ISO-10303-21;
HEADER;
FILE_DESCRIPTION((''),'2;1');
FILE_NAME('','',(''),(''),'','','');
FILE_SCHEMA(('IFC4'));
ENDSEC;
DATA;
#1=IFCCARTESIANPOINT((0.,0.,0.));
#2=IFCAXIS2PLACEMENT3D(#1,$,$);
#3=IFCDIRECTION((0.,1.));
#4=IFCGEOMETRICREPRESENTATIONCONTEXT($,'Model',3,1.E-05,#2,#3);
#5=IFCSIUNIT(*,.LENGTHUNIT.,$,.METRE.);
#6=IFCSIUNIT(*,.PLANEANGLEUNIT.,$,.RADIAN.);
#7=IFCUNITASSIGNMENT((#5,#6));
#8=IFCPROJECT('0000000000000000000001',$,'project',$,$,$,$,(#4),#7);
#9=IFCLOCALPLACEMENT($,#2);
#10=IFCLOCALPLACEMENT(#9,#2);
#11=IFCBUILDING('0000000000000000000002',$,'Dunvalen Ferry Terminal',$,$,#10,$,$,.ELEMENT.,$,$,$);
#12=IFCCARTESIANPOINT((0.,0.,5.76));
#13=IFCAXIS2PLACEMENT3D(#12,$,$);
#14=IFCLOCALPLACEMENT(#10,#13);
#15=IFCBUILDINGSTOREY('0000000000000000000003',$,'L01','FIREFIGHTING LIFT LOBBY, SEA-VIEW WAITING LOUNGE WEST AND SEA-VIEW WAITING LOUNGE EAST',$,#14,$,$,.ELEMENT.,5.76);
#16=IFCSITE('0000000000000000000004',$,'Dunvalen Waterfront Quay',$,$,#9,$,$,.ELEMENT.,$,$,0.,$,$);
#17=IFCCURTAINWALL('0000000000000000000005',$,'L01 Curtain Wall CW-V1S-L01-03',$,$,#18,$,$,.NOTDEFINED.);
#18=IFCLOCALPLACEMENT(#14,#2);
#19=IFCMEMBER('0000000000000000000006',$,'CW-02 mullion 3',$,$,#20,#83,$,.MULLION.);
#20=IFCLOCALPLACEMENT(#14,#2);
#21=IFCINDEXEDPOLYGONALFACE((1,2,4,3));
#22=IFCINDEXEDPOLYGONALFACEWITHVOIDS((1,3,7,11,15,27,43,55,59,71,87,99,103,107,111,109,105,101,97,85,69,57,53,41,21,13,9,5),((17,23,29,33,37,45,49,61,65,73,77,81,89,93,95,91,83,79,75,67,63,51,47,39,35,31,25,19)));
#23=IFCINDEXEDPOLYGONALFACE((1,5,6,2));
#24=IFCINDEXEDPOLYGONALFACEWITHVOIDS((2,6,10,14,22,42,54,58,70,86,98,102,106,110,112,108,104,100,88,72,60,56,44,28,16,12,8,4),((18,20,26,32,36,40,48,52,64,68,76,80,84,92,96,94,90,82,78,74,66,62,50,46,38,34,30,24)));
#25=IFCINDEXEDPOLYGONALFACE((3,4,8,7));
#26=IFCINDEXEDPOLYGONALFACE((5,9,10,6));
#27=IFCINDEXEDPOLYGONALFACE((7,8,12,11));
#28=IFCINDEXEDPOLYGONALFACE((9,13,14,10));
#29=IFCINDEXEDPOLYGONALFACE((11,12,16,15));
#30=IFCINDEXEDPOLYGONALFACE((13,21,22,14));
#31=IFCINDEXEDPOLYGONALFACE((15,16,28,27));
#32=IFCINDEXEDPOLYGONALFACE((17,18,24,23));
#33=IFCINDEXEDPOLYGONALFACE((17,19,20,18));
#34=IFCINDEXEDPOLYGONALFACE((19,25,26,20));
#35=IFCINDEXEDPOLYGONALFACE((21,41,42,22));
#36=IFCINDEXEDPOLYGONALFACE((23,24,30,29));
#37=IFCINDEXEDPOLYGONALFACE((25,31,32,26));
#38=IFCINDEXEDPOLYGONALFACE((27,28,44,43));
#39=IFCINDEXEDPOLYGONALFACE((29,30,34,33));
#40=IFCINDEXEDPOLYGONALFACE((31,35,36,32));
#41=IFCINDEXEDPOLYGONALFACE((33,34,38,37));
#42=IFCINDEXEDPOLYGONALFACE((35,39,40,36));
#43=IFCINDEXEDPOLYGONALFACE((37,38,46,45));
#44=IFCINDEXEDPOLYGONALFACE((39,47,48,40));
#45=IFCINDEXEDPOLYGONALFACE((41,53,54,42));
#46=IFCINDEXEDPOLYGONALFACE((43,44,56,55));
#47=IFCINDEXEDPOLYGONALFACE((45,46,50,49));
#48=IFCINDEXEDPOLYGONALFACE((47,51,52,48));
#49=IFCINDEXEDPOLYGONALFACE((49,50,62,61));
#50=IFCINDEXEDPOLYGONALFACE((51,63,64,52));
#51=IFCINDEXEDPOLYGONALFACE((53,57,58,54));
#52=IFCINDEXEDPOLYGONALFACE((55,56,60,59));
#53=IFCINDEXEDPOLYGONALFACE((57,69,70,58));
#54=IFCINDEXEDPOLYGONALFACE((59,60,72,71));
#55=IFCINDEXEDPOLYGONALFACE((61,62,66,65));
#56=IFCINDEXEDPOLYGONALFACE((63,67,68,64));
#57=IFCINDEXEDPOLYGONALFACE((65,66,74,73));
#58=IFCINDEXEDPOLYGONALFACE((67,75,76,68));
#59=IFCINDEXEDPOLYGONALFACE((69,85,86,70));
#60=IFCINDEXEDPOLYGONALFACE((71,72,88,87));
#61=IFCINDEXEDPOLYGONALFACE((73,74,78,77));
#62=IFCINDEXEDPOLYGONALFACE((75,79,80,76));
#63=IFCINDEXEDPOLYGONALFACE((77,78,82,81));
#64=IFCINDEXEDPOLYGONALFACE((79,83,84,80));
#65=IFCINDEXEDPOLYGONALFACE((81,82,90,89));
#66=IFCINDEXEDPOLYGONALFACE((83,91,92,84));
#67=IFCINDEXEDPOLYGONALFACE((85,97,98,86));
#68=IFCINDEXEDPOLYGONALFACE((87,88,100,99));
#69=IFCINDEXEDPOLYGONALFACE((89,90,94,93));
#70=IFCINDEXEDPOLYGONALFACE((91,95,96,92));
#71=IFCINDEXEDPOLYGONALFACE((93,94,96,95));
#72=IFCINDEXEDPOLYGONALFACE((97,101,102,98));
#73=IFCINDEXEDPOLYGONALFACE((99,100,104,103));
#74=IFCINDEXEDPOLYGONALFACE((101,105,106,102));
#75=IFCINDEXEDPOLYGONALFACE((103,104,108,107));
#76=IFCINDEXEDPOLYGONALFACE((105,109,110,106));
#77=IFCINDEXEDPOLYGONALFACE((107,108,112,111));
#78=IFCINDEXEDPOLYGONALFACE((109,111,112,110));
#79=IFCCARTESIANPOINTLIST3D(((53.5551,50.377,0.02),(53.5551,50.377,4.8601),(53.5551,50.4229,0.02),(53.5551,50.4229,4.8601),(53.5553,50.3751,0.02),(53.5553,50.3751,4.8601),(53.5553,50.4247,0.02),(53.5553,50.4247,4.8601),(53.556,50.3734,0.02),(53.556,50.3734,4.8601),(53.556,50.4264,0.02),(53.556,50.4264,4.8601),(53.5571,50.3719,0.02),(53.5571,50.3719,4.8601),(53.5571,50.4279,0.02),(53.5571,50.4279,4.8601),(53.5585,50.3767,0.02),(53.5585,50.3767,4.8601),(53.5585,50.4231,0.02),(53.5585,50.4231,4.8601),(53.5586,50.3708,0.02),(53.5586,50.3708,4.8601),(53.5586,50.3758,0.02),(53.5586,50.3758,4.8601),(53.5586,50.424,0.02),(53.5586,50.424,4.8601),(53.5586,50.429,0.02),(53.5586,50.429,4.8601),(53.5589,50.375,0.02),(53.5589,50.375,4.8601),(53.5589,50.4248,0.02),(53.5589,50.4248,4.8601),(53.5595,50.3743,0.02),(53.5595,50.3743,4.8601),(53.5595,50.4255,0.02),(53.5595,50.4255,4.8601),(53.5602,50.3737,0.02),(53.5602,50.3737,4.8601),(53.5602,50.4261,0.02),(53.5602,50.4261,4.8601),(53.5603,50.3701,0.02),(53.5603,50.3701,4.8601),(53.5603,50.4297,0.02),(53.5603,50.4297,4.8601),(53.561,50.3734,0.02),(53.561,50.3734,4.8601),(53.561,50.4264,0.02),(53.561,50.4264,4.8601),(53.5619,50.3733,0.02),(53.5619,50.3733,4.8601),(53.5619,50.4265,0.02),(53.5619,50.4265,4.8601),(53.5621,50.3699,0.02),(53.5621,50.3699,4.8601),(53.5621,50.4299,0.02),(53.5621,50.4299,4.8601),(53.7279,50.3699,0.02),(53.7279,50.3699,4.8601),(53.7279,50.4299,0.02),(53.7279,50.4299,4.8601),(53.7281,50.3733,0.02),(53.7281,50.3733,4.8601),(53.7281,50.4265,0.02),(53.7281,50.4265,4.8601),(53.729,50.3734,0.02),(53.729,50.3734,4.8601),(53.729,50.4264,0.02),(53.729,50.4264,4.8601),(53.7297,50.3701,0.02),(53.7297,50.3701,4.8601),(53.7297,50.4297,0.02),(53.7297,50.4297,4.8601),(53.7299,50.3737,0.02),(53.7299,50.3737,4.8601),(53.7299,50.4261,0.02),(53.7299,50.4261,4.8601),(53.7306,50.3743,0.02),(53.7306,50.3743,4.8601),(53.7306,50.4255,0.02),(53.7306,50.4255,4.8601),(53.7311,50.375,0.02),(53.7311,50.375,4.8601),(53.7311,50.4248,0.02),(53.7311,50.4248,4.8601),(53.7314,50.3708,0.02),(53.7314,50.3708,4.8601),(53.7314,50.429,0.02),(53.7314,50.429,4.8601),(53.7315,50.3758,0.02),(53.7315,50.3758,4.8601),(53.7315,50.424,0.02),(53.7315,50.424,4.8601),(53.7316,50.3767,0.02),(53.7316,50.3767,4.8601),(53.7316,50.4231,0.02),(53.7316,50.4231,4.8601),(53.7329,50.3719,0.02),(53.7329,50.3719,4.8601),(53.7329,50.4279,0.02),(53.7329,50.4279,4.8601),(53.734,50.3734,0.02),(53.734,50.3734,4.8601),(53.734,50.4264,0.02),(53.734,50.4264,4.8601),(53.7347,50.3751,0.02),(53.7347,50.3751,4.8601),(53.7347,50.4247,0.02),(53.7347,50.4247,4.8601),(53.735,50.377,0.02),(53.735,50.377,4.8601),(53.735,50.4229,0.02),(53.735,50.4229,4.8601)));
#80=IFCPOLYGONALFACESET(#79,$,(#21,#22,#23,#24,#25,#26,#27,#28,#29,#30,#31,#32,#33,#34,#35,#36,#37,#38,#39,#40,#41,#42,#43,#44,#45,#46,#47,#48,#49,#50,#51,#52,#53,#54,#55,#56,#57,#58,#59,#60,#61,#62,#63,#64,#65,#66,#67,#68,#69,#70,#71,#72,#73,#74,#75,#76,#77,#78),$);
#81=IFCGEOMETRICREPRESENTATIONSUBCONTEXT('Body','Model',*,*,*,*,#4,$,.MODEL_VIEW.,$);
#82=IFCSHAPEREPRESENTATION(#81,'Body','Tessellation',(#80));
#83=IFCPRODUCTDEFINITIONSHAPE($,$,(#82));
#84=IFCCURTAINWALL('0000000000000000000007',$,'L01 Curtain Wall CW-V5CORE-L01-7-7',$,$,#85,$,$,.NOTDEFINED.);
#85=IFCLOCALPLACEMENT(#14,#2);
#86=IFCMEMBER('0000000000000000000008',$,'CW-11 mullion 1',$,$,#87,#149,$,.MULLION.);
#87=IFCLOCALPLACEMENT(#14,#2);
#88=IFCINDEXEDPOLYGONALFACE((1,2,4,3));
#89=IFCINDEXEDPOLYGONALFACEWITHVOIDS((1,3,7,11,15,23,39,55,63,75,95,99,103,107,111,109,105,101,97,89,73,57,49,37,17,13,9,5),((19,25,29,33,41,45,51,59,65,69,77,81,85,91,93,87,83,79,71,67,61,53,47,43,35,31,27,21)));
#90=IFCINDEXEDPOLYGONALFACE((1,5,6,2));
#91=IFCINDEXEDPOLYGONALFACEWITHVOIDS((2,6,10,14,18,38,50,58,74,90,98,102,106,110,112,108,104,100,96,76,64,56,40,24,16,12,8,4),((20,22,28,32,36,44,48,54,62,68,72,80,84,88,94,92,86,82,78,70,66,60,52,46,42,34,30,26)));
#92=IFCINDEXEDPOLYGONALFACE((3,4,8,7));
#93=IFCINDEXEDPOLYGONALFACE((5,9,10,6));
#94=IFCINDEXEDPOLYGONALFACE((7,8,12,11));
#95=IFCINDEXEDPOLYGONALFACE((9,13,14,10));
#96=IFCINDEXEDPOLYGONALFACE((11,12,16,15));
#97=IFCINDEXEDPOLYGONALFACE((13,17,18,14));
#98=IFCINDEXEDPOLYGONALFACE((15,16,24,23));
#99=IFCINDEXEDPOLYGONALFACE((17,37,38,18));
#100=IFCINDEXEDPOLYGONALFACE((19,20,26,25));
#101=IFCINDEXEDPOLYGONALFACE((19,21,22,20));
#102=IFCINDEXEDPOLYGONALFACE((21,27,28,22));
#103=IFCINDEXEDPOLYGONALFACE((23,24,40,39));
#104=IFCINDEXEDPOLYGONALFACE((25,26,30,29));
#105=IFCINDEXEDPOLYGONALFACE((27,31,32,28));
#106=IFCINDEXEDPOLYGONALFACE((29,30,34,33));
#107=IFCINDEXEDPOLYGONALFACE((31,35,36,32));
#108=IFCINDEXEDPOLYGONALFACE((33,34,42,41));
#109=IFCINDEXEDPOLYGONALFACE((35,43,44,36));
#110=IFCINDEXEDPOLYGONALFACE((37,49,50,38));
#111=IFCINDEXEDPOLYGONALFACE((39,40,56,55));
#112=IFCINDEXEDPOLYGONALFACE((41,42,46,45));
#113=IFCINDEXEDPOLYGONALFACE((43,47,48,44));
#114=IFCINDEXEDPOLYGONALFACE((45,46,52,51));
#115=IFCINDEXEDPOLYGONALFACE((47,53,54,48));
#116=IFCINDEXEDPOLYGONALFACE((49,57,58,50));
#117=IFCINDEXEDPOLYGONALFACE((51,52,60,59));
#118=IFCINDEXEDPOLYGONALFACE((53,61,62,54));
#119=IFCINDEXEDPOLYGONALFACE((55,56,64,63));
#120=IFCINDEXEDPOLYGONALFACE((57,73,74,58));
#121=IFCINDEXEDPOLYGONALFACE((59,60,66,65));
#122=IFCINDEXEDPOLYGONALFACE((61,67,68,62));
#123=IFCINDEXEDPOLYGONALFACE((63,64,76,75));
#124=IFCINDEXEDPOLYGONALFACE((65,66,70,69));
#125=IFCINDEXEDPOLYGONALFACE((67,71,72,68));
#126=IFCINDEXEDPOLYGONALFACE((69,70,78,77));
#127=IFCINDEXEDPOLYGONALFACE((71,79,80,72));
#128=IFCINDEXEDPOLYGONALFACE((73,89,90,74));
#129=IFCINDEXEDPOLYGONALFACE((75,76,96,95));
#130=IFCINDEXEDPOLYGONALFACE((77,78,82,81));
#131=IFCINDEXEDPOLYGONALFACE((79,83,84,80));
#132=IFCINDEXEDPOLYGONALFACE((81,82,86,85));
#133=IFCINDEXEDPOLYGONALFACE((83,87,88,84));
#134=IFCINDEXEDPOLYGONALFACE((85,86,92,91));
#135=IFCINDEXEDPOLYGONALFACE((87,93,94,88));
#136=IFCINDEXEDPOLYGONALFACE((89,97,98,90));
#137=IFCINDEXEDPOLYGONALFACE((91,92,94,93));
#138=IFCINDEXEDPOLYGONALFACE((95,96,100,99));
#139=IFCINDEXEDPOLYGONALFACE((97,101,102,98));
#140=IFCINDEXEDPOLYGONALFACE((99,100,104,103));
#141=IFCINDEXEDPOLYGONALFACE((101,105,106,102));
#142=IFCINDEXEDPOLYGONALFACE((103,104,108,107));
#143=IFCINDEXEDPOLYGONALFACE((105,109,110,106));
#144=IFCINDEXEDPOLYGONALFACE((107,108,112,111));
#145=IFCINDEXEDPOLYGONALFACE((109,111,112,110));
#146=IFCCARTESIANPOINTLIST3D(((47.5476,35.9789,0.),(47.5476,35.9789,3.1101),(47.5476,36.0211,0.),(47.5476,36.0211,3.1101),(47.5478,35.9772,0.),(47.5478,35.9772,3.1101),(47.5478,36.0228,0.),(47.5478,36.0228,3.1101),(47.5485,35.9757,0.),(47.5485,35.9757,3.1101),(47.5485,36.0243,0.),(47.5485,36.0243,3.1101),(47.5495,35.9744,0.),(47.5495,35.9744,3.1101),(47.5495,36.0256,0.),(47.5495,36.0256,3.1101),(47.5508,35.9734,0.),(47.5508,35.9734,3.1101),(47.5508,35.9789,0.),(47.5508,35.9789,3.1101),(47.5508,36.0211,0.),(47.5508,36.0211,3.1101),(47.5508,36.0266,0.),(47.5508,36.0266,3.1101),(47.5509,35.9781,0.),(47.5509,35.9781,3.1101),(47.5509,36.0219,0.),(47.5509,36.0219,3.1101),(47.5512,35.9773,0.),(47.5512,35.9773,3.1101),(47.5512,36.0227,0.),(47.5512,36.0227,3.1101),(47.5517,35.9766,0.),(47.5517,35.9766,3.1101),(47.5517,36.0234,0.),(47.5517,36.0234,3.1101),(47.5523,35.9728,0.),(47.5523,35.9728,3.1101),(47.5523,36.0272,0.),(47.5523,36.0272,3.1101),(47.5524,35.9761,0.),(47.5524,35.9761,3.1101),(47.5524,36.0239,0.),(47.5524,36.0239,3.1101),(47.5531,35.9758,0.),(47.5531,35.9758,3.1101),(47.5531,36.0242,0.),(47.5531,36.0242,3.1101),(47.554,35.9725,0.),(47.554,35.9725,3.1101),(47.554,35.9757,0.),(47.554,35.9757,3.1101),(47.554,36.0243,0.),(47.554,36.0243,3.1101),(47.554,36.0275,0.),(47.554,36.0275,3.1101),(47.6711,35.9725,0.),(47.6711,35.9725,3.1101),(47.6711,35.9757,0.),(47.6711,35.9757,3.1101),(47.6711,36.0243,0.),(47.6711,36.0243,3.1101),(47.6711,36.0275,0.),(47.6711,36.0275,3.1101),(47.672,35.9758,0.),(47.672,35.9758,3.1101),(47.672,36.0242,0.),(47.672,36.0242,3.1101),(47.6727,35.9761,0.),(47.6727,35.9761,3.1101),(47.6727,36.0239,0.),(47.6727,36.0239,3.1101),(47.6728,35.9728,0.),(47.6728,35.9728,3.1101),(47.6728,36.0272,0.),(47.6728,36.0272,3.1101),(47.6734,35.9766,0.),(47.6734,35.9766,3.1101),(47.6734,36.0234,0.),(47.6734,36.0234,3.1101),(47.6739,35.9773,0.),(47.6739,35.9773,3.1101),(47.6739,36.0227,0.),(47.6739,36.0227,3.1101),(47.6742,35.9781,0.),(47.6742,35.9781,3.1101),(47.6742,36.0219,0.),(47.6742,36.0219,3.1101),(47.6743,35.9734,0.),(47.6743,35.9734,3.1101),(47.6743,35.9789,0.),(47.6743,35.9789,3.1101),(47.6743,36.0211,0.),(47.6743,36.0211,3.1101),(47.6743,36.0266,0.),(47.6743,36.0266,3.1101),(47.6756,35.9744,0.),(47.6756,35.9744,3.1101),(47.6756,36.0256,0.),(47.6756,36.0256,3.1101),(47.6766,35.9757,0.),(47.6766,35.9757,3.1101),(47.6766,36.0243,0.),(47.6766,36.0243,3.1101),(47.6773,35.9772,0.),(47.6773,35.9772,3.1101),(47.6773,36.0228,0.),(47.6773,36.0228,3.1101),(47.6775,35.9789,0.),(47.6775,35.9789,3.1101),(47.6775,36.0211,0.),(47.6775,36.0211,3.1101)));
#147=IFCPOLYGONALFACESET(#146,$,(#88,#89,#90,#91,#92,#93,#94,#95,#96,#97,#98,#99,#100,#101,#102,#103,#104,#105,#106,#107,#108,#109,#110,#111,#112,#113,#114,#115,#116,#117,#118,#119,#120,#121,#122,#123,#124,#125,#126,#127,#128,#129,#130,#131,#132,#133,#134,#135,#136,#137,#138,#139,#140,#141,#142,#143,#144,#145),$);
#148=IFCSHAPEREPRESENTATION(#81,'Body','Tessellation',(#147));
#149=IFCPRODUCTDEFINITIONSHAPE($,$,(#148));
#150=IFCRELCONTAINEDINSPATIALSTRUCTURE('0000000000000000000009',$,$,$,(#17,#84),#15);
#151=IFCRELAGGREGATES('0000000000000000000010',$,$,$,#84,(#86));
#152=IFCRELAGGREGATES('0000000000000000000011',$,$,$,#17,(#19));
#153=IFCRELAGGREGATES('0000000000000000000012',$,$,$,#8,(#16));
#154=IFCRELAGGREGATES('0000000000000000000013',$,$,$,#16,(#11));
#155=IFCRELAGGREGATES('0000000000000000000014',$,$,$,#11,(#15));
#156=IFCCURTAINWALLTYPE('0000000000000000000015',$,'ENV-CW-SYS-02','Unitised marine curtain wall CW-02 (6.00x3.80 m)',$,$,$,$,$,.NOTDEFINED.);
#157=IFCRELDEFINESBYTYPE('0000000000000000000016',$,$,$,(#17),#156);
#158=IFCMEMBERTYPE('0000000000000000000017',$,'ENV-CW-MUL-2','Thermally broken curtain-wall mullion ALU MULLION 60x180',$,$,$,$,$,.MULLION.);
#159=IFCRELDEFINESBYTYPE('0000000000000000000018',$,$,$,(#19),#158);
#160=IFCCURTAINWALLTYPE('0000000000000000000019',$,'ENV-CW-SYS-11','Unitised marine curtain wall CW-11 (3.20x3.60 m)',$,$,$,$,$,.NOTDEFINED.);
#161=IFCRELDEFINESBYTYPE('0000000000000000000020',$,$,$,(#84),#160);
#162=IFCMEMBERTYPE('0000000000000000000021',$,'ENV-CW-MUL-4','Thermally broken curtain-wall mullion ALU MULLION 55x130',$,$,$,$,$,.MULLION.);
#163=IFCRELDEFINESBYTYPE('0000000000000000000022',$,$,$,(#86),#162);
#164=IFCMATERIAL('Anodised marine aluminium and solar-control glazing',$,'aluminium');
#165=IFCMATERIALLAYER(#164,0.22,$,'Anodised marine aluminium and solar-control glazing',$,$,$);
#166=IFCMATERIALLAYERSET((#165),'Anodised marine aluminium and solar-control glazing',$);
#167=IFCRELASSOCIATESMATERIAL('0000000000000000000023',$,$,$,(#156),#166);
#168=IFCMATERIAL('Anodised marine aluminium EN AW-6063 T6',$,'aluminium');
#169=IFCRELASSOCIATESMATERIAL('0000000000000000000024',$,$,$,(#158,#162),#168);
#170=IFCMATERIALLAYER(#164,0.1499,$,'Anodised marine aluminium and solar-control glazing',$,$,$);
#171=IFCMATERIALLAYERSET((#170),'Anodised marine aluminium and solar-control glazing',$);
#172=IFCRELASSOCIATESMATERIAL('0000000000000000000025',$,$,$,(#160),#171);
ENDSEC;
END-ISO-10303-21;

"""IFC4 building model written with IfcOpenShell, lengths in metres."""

from ifc_helpers import new_model, si_unit, direction, frame, origin, origin_2d, place, context, subcontext, project, spatial, hollow_rectangle, extrude, material, layer, layer_set, material_profile, profile_set, type_object, element, aggregate, save


model = new_model("IFC4")

# Units and contexts
model_context = context("Model", 3, precision=1e-05, world=origin(), true_north=direction((0.0, 1.0)))
body_context = subcontext(model_context, "Body", "Model", "MODEL_VIEW")
ifc_project = project(units=[si_unit("LENGTHUNIT", "METRE"), si_unit("PLANEANGLEUNIT", "RADIAN")], contexts=[model_context])

# Site, building, storey
site_placement = place(None, origin())
site = spatial("IfcSite", under=ifc_project, at=site_placement, Name="Dunvalen Waterfront Quay", CompositionType="ELEMENT", RefElevation=0.0)
building_placement = place(site_placement, origin())
building = spatial("IfcBuilding", under=site, at=building_placement, Name="Dunvalen Ferry Terminal", CompositionType="ELEMENT")
storey_placement = place(building_placement, frame((0.0, 0.0, 5.76)))
storey = spatial("IfcBuildingStorey", under=building, at=storey_placement, Name="L01", Description="FIREFIGHTING LIFT LOBBY, SEA-VIEW WAITING LOUNGE WEST AND SEA-VIEW WAITING LOUNGE EAST", CompositionType="ELEMENT", Elevation=5.76)

# Curtain wall, member
ifc_material_1 = material(Name="Anodised marine aluminium and solar-control glazing", Category="aluminium")
ifc_layer_1 = layer(ifc_material_1, 0.22, Name="Anodised marine aluminium and solar-control glazing")
ifc_layer_set_1 = layer_set([ifc_layer_1], Name="Anodised marine aluminium and solar-control glazing")
curtain_wall_type_1 = type_object("IfcCurtainWallType", Name="ENV-CW-SYS-02", Description="Unitised marine curtain wall CW-02 (6.00x3.80 m)", PredefinedType="NOTDEFINED", material=ifc_layer_set_1)
ifc_material_2 = material(Name="Anodised marine aluminium EN AW-6063 T6", Category="aluminium")
ifc_material_profile_1 = material_profile(ifc_material_2, hollow_rectangle(XDim=0.0601, YDim=0.1799, WallThickness=0.0034, InnerFilletRadius=0.0034, OuterFilletRadius=0.0071, at=origin_2d()), Name="Anodised marine aluminium EN AW-6063 T6")
ifc_profile_set_1 = profile_set([ifc_material_profile_1], Name="Anodised marine aluminium EN AW-6063 T6")
member_type_1 = type_object("IfcMemberType", Name="ENV-CW-MUL-2", Description="Thermally broken curtain-wall mullion ALU MULLION 60x180", PredefinedType="MULLION", material=ifc_profile_set_1)
curtain_wall_1_placement = place(storey_placement, origin())
curtain_wall_1 = element("IfcCurtainWall", 1, at=curtain_wall_1_placement, inside=storey, type_object=curtain_wall_type_1, Name="L01 Curtain Wall CW-V1S-L01-03", PredefinedType="NOTDEFINED")
member_1_placement = place(storey_placement, frame((53.645, 50.3999, 0.02), z_axis=(0.0, 0.0, 1.0), x_axis=(0.0, 1.0, 0.0)))
member_1 = element("IfcMember", 2, at=member_1_placement, type_object=member_type_1, Name="CW-02 mullion 3", PredefinedType="MULLION", context=body_context, shape_type="SweptSolid", body=[
    extrude(hollow_rectangle(XDim=0.0601, YDim=0.1799, WallThickness=0.0034, InnerFilletRadius=0.0034, OuterFilletRadius=0.0071, at=origin_2d()), origin(), (0.0, 0.0, 1.0), 4.8401),
])

# Curtain wall, member
ifc_layer_2 = layer(ifc_material_1, 0.1499, Name="Anodised marine aluminium and solar-control glazing")
ifc_layer_set_2 = layer_set([ifc_layer_2], Name="Anodised marine aluminium and solar-control glazing")
curtain_wall_type_2 = type_object("IfcCurtainWallType", Name="ENV-CW-SYS-11", Description="Unitised marine curtain wall CW-11 (3.20x3.60 m)", PredefinedType="NOTDEFINED", material=ifc_layer_set_2)
curtain_wall_2_placement = place(storey_placement, origin())
curtain_wall_2 = element("IfcCurtainWall", 3, at=curtain_wall_2_placement, inside=storey, type_object=curtain_wall_type_2, Name="L01 Curtain Wall CW-V5CORE-L01-7-7", PredefinedType="NOTDEFINED")
ifc_material_profile_2 = material_profile(ifc_material_2, hollow_rectangle(XDim=0.0549, YDim=0.1299, WallThickness=0.0032, InnerFilletRadius=0.0032, OuterFilletRadius=0.0063, at=origin_2d()), Name="Anodised marine aluminium EN AW-6063 T6")
ifc_profile_set_2 = profile_set([ifc_material_profile_2], Name="Anodised marine aluminium EN AW-6063 T6")
member_type_2 = type_object("IfcMemberType", Name="ENV-CW-MUL-4", Description="Thermally broken curtain-wall mullion ALU MULLION 55x130", PredefinedType="MULLION", material=ifc_profile_set_2)
member_2_placement = place(storey_placement, frame((47.6125, 36.0, 0.0), z_axis=(0.0, 0.0, 1.0), x_axis=(0.0, -1.0, 0.0)))
member_2 = element("IfcMember", 4, at=member_2_placement, type_object=member_type_2, Name="CW-11 mullion 1", PredefinedType="MULLION", context=body_context, shape_type="SweptSolid", body=[
    extrude(hollow_rectangle(XDim=0.0549, YDim=0.1299, WallThickness=0.0032, InnerFilletRadius=0.0032, OuterFilletRadius=0.0063, at=origin_2d()), origin(), (0.0, 0.0, 1.0), 3.1101),
])

aggregate(curtain_wall_2, [member_2])

aggregate(curtain_wall_1, [member_1])

save(model, "model.ifc")
